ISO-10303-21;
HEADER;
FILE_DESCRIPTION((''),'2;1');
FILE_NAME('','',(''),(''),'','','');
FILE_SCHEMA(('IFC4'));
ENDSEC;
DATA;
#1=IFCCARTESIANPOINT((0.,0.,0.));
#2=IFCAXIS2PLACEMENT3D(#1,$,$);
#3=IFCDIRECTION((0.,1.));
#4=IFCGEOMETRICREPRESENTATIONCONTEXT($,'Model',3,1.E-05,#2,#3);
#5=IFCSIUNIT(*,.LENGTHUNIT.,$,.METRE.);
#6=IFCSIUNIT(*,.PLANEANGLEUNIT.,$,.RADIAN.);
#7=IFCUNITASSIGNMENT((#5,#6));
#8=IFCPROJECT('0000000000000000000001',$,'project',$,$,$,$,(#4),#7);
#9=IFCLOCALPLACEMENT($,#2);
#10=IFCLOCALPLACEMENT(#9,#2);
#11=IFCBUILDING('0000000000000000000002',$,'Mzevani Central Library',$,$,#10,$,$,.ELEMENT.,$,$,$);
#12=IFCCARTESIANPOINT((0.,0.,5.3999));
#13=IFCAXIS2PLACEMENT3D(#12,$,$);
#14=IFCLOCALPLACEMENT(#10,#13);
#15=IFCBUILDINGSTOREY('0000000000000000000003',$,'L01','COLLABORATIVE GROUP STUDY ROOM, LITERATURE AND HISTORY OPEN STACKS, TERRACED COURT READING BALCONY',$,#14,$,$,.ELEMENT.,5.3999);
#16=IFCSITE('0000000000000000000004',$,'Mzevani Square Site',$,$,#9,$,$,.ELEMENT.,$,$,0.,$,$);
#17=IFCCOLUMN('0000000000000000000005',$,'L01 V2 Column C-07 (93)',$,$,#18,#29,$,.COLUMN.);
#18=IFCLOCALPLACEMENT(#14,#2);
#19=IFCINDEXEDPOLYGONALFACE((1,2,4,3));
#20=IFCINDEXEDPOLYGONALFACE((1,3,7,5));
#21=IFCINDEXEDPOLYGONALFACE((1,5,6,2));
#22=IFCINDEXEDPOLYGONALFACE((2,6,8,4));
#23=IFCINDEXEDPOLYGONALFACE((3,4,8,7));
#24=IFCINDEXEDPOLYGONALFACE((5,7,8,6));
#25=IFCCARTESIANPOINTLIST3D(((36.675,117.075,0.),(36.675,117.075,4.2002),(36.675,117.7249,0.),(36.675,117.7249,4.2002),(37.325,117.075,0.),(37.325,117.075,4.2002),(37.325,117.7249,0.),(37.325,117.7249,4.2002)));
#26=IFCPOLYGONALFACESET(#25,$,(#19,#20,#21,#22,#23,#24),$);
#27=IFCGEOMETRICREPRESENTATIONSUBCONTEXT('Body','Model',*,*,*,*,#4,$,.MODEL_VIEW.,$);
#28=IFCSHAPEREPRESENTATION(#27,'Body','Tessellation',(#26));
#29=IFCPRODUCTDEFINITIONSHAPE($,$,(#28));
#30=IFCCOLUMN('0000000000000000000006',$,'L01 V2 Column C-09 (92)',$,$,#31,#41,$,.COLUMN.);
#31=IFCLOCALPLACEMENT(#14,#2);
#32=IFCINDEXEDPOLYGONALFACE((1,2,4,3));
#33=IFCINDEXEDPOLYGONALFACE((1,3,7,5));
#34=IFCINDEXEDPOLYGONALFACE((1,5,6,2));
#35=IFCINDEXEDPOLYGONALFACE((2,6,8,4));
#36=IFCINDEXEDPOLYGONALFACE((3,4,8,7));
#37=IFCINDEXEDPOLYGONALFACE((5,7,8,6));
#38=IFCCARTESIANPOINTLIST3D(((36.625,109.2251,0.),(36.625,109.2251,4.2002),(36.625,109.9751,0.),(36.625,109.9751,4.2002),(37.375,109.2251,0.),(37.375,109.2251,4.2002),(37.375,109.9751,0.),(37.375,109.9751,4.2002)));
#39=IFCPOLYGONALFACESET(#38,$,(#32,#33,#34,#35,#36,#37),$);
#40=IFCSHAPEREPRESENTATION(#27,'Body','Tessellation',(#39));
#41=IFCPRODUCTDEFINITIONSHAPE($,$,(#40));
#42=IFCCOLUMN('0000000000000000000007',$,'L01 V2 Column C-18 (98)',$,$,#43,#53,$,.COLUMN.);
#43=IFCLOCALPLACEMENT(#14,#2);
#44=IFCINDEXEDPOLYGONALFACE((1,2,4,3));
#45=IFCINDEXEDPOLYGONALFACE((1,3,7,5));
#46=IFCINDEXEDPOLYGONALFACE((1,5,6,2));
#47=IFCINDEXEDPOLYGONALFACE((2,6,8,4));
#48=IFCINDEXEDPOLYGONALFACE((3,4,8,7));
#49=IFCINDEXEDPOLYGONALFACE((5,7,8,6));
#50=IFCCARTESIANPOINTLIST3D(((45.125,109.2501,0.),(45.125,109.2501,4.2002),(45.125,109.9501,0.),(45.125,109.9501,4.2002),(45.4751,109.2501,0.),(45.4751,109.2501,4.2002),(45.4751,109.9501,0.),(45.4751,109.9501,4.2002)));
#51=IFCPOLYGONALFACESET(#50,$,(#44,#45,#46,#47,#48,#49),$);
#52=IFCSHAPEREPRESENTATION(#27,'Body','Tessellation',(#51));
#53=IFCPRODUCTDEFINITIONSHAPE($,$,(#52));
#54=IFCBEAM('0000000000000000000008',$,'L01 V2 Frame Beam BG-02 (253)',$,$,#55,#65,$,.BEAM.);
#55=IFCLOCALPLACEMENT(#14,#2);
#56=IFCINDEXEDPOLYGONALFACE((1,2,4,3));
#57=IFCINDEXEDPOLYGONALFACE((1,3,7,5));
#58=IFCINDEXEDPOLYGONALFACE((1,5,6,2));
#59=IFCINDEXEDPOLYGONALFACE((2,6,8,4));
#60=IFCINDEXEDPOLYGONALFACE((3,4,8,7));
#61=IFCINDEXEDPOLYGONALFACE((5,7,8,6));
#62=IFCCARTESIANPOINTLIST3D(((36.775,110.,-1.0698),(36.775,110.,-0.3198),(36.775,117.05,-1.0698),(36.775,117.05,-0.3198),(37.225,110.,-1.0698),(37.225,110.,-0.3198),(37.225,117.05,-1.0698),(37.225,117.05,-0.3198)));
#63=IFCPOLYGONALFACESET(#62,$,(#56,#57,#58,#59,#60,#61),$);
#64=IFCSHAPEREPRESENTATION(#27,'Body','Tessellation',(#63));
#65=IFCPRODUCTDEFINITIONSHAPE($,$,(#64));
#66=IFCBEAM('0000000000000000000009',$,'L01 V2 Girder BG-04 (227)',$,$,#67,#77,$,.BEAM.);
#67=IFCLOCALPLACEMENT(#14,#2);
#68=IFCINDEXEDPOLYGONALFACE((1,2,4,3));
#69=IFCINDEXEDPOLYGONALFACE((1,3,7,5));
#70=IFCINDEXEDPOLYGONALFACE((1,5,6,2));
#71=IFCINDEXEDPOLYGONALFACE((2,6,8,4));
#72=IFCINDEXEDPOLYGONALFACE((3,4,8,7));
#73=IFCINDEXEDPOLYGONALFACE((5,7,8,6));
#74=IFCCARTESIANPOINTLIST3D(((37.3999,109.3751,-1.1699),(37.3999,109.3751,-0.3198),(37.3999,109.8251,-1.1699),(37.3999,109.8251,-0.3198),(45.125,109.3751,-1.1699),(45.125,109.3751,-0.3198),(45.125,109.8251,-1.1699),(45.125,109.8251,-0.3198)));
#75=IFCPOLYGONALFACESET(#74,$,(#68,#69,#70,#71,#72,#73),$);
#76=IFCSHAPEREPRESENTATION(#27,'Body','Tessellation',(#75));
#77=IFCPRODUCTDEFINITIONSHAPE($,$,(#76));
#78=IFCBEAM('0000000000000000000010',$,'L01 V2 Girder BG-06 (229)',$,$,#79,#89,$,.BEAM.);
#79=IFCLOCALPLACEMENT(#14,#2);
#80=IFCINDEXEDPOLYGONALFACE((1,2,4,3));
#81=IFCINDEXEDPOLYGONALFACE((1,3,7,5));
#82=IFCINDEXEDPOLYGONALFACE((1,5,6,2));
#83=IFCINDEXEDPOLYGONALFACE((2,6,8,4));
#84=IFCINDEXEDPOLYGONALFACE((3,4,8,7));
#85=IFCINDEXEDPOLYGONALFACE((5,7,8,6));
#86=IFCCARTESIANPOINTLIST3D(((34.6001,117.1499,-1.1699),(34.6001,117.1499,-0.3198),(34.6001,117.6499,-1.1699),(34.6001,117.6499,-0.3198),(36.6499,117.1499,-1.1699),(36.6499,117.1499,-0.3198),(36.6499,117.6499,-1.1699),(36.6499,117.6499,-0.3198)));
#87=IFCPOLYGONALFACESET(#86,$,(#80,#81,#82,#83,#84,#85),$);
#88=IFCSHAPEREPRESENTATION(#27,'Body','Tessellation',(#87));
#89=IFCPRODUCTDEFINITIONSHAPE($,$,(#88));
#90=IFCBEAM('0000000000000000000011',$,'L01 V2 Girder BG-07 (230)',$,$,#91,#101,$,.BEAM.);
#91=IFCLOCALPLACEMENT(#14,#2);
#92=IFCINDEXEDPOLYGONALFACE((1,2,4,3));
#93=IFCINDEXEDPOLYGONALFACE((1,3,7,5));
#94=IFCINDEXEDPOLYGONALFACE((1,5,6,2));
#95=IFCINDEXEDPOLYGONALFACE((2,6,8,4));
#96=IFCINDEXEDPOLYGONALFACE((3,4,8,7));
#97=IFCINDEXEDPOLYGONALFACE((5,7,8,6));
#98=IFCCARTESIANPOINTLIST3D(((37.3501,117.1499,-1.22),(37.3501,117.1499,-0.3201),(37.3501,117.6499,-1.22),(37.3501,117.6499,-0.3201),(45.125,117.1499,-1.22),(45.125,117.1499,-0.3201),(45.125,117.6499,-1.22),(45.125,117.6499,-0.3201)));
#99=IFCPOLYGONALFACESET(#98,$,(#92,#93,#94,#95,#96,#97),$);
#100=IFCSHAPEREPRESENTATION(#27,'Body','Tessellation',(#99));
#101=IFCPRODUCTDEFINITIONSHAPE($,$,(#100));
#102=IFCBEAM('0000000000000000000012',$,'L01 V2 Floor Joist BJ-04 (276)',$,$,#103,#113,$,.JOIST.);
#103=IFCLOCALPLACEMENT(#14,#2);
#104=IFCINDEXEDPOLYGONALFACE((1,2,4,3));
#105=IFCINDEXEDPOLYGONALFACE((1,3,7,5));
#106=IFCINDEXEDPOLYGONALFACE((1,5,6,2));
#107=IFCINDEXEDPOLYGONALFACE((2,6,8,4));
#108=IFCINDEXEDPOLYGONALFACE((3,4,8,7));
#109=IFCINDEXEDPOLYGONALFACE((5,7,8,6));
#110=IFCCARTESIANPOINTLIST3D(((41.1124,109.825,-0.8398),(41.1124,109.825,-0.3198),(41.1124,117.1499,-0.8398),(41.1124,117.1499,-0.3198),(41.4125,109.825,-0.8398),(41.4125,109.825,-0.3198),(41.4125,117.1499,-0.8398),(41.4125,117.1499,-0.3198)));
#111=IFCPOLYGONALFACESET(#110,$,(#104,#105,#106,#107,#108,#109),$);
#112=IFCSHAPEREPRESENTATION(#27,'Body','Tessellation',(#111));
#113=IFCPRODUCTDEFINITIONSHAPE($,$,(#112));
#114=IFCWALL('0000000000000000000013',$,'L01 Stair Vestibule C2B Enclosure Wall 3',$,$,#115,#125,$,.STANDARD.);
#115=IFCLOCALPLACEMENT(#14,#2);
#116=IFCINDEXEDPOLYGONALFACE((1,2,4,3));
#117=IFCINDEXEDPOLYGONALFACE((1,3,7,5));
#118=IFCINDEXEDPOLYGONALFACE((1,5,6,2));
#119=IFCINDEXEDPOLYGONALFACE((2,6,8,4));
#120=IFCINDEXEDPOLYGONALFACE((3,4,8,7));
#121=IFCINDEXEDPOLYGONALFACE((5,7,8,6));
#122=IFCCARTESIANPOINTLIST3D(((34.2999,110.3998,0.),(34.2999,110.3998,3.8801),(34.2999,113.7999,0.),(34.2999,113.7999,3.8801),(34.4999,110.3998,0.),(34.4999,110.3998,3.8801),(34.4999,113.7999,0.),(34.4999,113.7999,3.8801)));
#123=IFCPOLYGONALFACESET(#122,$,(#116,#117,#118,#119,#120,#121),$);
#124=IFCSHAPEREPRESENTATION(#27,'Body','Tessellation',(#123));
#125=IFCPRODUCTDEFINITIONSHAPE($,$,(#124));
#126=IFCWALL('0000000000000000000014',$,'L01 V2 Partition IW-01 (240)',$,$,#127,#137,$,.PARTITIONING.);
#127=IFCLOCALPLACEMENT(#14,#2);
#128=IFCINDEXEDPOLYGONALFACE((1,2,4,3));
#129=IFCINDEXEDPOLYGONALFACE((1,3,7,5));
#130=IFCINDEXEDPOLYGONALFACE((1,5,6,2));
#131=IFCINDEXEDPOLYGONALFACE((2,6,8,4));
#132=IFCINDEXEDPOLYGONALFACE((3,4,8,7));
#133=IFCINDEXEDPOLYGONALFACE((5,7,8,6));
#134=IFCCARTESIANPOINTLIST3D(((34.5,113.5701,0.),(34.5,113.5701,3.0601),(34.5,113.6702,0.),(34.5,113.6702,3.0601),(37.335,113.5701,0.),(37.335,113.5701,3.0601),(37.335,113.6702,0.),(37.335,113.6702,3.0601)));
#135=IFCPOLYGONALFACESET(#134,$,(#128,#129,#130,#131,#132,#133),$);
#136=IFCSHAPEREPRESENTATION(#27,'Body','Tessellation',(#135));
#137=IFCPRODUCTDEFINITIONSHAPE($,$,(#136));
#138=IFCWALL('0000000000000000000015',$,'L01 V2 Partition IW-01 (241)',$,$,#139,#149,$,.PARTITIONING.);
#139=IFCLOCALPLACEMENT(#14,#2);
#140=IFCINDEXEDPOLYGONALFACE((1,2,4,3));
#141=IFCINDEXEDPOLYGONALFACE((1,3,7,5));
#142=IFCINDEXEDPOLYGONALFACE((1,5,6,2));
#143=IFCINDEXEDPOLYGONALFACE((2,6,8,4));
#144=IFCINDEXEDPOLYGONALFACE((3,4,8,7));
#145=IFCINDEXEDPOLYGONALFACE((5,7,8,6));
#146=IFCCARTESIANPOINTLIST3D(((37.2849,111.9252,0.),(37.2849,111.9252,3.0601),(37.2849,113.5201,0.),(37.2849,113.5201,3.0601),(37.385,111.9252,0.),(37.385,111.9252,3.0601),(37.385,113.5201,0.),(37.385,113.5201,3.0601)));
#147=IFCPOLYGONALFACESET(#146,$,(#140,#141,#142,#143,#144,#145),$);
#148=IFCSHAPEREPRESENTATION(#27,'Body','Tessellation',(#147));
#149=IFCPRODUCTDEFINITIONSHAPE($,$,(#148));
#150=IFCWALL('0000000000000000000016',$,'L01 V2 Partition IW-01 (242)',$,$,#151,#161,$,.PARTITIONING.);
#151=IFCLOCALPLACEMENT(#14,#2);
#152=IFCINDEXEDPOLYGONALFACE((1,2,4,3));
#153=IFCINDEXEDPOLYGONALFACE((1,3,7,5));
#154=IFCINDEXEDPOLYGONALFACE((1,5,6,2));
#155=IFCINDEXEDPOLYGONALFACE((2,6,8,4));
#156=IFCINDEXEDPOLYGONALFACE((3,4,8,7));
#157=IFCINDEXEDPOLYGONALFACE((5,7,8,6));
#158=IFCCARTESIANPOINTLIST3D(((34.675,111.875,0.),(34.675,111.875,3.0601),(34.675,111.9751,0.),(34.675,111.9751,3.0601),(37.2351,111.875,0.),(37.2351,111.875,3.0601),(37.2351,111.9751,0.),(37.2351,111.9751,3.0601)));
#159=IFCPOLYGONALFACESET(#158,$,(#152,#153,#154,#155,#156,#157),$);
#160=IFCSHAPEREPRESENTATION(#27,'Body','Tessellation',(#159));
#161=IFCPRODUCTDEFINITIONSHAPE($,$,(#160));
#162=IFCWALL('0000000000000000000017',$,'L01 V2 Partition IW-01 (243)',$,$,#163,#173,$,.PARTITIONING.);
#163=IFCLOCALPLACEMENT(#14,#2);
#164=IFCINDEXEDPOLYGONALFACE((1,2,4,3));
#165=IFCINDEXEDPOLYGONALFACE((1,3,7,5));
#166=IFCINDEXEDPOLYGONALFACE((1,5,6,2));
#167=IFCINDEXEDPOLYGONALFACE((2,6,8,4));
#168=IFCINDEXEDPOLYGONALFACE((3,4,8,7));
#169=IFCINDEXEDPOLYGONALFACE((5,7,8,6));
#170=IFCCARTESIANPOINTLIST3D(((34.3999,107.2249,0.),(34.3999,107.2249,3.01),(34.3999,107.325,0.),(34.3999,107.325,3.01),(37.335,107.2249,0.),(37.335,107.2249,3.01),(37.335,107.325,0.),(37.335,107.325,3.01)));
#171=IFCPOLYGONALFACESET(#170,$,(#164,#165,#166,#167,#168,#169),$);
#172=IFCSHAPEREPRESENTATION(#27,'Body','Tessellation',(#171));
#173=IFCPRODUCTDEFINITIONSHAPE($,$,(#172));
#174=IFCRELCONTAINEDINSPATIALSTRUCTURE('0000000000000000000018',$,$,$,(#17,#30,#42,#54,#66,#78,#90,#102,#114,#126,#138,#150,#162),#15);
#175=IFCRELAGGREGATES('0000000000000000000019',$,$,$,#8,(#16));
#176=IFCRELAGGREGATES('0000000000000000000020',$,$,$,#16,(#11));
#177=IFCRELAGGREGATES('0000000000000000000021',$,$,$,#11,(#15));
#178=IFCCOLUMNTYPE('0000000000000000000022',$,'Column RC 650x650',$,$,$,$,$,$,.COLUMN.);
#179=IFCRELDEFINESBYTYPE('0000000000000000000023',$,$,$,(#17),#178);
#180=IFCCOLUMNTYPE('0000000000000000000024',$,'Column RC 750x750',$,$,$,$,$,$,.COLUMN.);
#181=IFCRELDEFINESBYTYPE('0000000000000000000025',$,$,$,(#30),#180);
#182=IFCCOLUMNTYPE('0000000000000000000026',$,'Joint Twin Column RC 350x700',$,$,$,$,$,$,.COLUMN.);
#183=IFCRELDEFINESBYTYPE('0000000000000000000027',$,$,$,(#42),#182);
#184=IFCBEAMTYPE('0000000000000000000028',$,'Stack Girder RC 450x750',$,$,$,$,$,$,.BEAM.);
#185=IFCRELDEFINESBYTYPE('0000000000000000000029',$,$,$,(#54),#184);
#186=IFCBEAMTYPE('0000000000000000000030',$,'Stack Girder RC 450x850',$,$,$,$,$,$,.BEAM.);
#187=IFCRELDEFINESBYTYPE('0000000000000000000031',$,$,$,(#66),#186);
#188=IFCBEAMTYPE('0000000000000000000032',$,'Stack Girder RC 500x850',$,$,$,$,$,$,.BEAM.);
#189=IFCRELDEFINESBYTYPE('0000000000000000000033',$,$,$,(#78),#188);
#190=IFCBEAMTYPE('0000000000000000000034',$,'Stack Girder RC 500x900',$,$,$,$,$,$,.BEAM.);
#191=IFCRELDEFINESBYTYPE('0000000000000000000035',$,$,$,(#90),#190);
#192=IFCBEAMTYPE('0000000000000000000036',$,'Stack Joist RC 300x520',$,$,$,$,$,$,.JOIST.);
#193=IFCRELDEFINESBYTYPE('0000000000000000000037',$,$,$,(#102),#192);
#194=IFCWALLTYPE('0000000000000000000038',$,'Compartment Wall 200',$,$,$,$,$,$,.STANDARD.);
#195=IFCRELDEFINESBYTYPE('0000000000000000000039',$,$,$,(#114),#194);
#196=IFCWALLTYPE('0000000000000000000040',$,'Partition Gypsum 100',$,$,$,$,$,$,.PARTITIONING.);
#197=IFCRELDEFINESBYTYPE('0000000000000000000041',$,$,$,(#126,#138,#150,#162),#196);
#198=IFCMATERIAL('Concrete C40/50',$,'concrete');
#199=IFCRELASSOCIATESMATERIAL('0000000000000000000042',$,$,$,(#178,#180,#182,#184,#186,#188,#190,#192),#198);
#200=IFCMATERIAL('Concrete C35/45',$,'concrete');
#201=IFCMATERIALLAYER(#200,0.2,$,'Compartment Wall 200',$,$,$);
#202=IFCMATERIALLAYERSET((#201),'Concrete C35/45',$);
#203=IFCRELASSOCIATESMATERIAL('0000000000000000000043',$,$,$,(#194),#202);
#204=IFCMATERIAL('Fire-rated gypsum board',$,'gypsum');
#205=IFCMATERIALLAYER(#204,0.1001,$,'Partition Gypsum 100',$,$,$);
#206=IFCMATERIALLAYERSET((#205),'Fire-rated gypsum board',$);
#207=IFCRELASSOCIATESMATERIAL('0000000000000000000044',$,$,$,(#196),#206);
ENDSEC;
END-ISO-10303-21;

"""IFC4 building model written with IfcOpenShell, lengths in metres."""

from ifc_helpers import new_model, si_unit, direction, frame, frame_2d, origin, origin_2d, place, context, subcontext, project, spatial, rectangle, extrude, material, layer, layer_set, material_profile, profile_set, type_object, element, save


model = new_model("IFC4")

# Units and contexts
model_context = context("Model", 3, precision=1e-05, world=origin(), true_north=direction((0.0, 1.0)))
body_context = subcontext(model_context, "Body", "Model", "MODEL_VIEW")
ifc_project = project(units=[si_unit("LENGTHUNIT", "METRE"), si_unit("PLANEANGLEUNIT", "RADIAN")], contexts=[model_context])

# Site, building, storey
site_placement = place(None, origin())
site = spatial("IfcSite", under=ifc_project, at=site_placement, Name="Mzevani Square Site", CompositionType="ELEMENT", RefElevation=0.0)
building_placement = place(site_placement, origin())
building = spatial("IfcBuilding", under=site, at=building_placement, Name="Mzevani Central Library", CompositionType="ELEMENT")
storey_placement = place(building_placement, frame((0.0, 0.0, 5.3999)))
storey = spatial("IfcBuildingStorey", under=building, at=storey_placement, Name="L01", Description="COLLABORATIVE GROUP STUDY ROOM, LITERATURE AND HISTORY OPEN STACKS, TERRACED COURT READING BALCONY", CompositionType="ELEMENT", Elevation=5.3999)

# Columns
ifc_material_1 = material(Name="Concrete C40/50", Category="concrete")
ifc_material_profile_1 = material_profile(ifc_material_1, rectangle(XDim=0.6499, YDim=0.6499, at=origin_2d()), Name="RC 650x650")
ifc_profile_set_1 = profile_set([ifc_material_profile_1], Name="Concrete C40/50")
column_type_1 = type_object("IfcColumnType", Name="Column RC 650x650", PredefinedType="COLUMN", material=ifc_profile_set_1)
column_1_placement = place(storey_placement, frame((37.0, 117.3999, 0.0), z_axis=(0.0, 0.0, 1.0), x_axis=(1.0, 0.0, 0.0)))
element("IfcColumn", 1, at=column_1_placement, inside=storey, type_object=column_type_1, Name="L01 V2 Column C-07 (93)", PredefinedType="COLUMN", context=body_context, shape_type="SweptSolid", body=[
    extrude(rectangle(XDim=0.6499, YDim=0.6499, at=origin_2d()), origin(), (0.0, 0.0, 1.0), 4.2002),
])
ifc_material_profile_2 = material_profile(ifc_material_1, rectangle(XDim=0.75, YDim=0.75, at=origin_2d()), Name="RC 750x750")
ifc_profile_set_2 = profile_set([ifc_material_profile_2], Name="Concrete C40/50")
column_type_2 = type_object("IfcColumnType", Name="Column RC 750x750", PredefinedType="COLUMN", material=ifc_profile_set_2)
column_2_placement = place(storey_placement, frame((37.0, 109.6001, 0.0), z_axis=(0.0, 0.0, 1.0), x_axis=(1.0, 0.0, 0.0)))
element("IfcColumn", 2, at=column_2_placement, inside=storey, type_object=column_type_2, Name="L01 V2 Column C-09 (92)", PredefinedType="COLUMN", context=body_context, shape_type="SweptSolid", body=[
    extrude(rectangle(XDim=0.75, YDim=0.75, at=origin_2d()), origin(), (0.0, 0.0, 1.0), 4.2002),
])
ifc_material_profile_3 = material_profile(ifc_material_1, rectangle(XDim=0.3501, YDim=0.7, at=origin_2d()), Name="RC 350x700")
ifc_profile_set_3 = profile_set([ifc_material_profile_3], Name="Concrete C40/50")
column_type_3 = type_object("IfcColumnType", Name="Joint Twin Column RC 350x700", PredefinedType="COLUMN", material=ifc_profile_set_3)
column_3_placement = place(storey_placement, frame((45.3, 109.6001, 0.0), z_axis=(0.0, 0.0, 1.0), x_axis=(1.0, 0.0, 0.0)))
element("IfcColumn", 3, at=column_3_placement, inside=storey, type_object=column_type_3, Name="L01 V2 Column C-18 (98)", PredefinedType="COLUMN", context=body_context, shape_type="SweptSolid", body=[
    extrude(rectangle(XDim=0.3501, YDim=0.7, at=origin_2d()), origin(), (0.0, 0.0, 1.0), 4.2002),
])

# Beams
ifc_material_profile_4 = material_profile(ifc_material_1, rectangle(XDim=0.45, YDim=0.75, at=origin_2d()), Name="RC B450x750")
ifc_profile_set_4 = profile_set([ifc_material_profile_4], Name="Concrete C40/50")
beam_type_1 = type_object("IfcBeamType", Name="Stack Girder RC 450x750", PredefinedType="BEAM", material=ifc_profile_set_4)
beam_1_placement = place(storey_placement, frame((37.0, 110.0, -0.6948), z_axis=(0.0, 1.0, 0.0), x_axis=(-1.0, 0.0, 0.0)))
element("IfcBeam", 4, at=beam_1_placement, inside=storey, type_object=beam_type_1, Name="L01 V2 Frame Beam BG-02 (253)", PredefinedType="BEAM", context=body_context, shape_type="SweptSolid", body=[
    extrude(rectangle(XDim=0.45, YDim=0.75, at=origin_2d()), origin(), (0.0, 0.0, 1.0), 7.05),
])
ifc_material_profile_5 = material_profile(ifc_material_1, rectangle(XDim=0.45, YDim=0.8501, at=origin_2d()), Name="RC B450x850")
ifc_profile_set_5 = profile_set([ifc_material_profile_5], Name="Concrete C40/50")
beam_type_2 = type_object("IfcBeamType", Name="Stack Girder RC 450x850", PredefinedType="BEAM", material=ifc_profile_set_5)
beam_2_placement = place(storey_placement, frame((37.3999, 109.6001, -0.7449), z_axis=(1.0, 0.0, 0.0), x_axis=(0.0, 1.0, 0.0)))
element("IfcBeam", 5, at=beam_2_placement, inside=storey, type_object=beam_type_2, Name="L01 V2 Girder BG-04 (227)", PredefinedType="BEAM", context=body_context, shape_type="SweptSolid", body=[
    extrude(rectangle(XDim=0.45, YDim=0.8501, at=origin_2d()), origin(), (0.0, 0.0, 1.0), 7.7251),
])
ifc_material_profile_6 = material_profile(ifc_material_1, rectangle(XDim=0.5, YDim=0.8501, at=origin_2d()), Name="RC B500x850")
ifc_profile_set_6 = profile_set([ifc_material_profile_6], Name="Concrete C40/50")
beam_type_3 = type_object("IfcBeamType", Name="Stack Girder RC 500x850", PredefinedType="BEAM", material=ifc_profile_set_6)
beam_3_placement = place(storey_placement, frame((34.6001, 117.3999, -0.7449), z_axis=(1.0, 0.0, 0.0), x_axis=(0.0, 1.0, 0.0)))
element("IfcBeam", 6, at=beam_3_placement, inside=storey, type_object=beam_type_3, Name="L01 V2 Girder BG-06 (229)", PredefinedType="BEAM", context=body_context, shape_type="SweptSolid", body=[
    extrude(rectangle(XDim=0.5, YDim=0.8501, at=origin_2d()), origin(), (0.0, 0.0, 1.0), 2.0498),
])
ifc_material_profile_7 = material_profile(ifc_material_1, rectangle(XDim=0.5, YDim=0.8999, at=origin_2d()), Name="RC B500x900")
ifc_profile_set_7 = profile_set([ifc_material_profile_7], Name="Concrete C40/50")
beam_type_4 = type_object("IfcBeamType", Name="Stack Girder RC 500x900", PredefinedType="BEAM", material=ifc_profile_set_7)
beam_4_placement = place(storey_placement, frame((37.3501, 117.3999, -0.77), z_axis=(1.0, 0.0, 0.0), x_axis=(0.0, 1.0, 0.0)))
element("IfcBeam", 7, at=beam_4_placement, inside=storey, type_object=beam_type_4, Name="L01 V2 Girder BG-07 (230)", PredefinedType="BEAM", context=body_context, shape_type="SweptSolid", body=[
    extrude(rectangle(XDim=0.5, YDim=0.8999, at=origin_2d()), origin(), (0.0, 0.0, 1.0), 7.7749),
])
ifc_material_profile_8 = material_profile(ifc_material_1, rectangle(XDim=0.3, YDim=0.52, at=origin_2d()), Name="RC J300x520")
ifc_profile_set_8 = profile_set([ifc_material_profile_8], Name="Concrete C40/50")
beam_type_5 = type_object("IfcBeamType", Name="Stack Joist RC 300x520", PredefinedType="JOIST", material=ifc_profile_set_8)
beam_5_placement = place(storey_placement, frame((41.2625, 109.825, -0.5798), z_axis=(0.0, 1.0, 0.0), x_axis=(-1.0, 0.0, 0.0)))
element("IfcBeam", 8, at=beam_5_placement, inside=storey, type_object=beam_type_5, Name="L01 V2 Floor Joist BJ-04 (276)", PredefinedType="JOIST", context=body_context, shape_type="SweptSolid", body=[
    extrude(rectangle(XDim=0.3, YDim=0.52, at=origin_2d()), origin(), (0.0, 0.0, 1.0), 7.325),
])

# Walls
ifc_material_2 = material(Name="Concrete C35/45", Category="concrete")
ifc_layer_1 = layer(ifc_material_2, 0.2, Name="Compartment Wall 200")
ifc_layer_set_1 = layer_set([ifc_layer_1], Name="Concrete C35/45")
wall_type_1 = type_object("IfcWallType", Name="Compartment Wall 200", PredefinedType="STANDARD", material=ifc_layer_set_1)
wall_1_placement = place(storey_placement, frame((34.3999, 113.8, 0.0), z_axis=(0.0, 0.0, 1.0), x_axis=(0.0, -1.0, 0.0)))
element("IfcWall", 9, at=wall_1_placement, inside=storey, type_object=wall_type_1, Name="L01 Stair Vestibule C2B Enclosure Wall 3", PredefinedType="STANDARD", context=body_context, shape_type="SweptSolid", body=[
    extrude(rectangle(XDim=3.4001, YDim=0.2, at=frame_2d((1.7002, 0.0))), origin(), (0.0, 0.0, 1.0), 3.8801),
])
ifc_material_3 = material(Name="Fire-rated gypsum board", Category="gypsum")
ifc_layer_2 = layer(ifc_material_3, 0.1001, Name="Partition Gypsum 100")
ifc_layer_set_2 = layer_set([ifc_layer_2], Name="Fire-rated gypsum board")
wall_type_2 = type_object("IfcWallType", Name="Partition Gypsum 100", PredefinedType="PARTITIONING", material=ifc_layer_set_2)
wall_2_placement = place(storey_placement, frame((34.5, 113.6201, 0.0), z_axis=(0.0, 0.0, 1.0), x_axis=(1.0, 0.0, 0.0)))
element("IfcWall", 10, at=wall_2_placement, inside=storey, type_object=wall_type_2, Name="L01 V2 Partition IW-01 (240)", PredefinedType="PARTITIONING", context=body_context, shape_type="SweptSolid", body=[
    extrude(rectangle(XDim=2.835, YDim=0.1001, at=frame_2d((1.4175, 0.0))), origin(), (0.0, 0.0, 1.0), 3.0601),
])
wall_3_placement = place(storey_placement, frame((37.335, 113.52, 0.0), z_axis=(0.0, 0.0, 1.0), x_axis=(0.0, -1.0, 0.0)))
element("IfcWall", 11, at=wall_3_placement, inside=storey, type_object=wall_type_2, Name="L01 V2 Partition IW-01 (241)", PredefinedType="PARTITIONING", context=body_context, shape_type="SweptSolid", body=[
    extrude(rectangle(XDim=1.595, YDim=0.1001, at=frame_2d((0.7974, 0.0))), origin(), (0.0, 0.0, 1.0), 3.0601),
])
wall_4_placement = place(storey_placement, frame((37.2351, 111.925, 0.0), z_axis=(0.0, 0.0, 1.0), x_axis=(-1.0, 0.0, 0.0)))
element("IfcWall", 12, at=wall_4_placement, inside=storey, type_object=wall_type_2, Name="L01 V2 Partition IW-01 (242)", PredefinedType="PARTITIONING", context=body_context, shape_type="SweptSolid", body=[
    extrude(rectangle(XDim=2.5601, YDim=0.1001, at=frame_2d((1.28, 0.0))), origin(), (0.0, 0.0, 1.0), 3.0601),
])
wall_5_placement = place(storey_placement, frame((34.3999, 107.2749, 0.0), z_axis=(0.0, 0.0, 1.0), x_axis=(1.0, 0.0, 0.0)))
element("IfcWall", 13, at=wall_5_placement, inside=storey, type_object=wall_type_2, Name="L01 V2 Partition IW-01 (243)", PredefinedType="PARTITIONING", context=body_context, shape_type="SweptSolid", body=[
    extrude(rectangle(XDim=2.9351, YDim=0.1001, at=frame_2d((1.4675, 0.0))), origin(), (0.0, 0.0, 1.0), 3.01),
])

save(model, "model.ifc")
